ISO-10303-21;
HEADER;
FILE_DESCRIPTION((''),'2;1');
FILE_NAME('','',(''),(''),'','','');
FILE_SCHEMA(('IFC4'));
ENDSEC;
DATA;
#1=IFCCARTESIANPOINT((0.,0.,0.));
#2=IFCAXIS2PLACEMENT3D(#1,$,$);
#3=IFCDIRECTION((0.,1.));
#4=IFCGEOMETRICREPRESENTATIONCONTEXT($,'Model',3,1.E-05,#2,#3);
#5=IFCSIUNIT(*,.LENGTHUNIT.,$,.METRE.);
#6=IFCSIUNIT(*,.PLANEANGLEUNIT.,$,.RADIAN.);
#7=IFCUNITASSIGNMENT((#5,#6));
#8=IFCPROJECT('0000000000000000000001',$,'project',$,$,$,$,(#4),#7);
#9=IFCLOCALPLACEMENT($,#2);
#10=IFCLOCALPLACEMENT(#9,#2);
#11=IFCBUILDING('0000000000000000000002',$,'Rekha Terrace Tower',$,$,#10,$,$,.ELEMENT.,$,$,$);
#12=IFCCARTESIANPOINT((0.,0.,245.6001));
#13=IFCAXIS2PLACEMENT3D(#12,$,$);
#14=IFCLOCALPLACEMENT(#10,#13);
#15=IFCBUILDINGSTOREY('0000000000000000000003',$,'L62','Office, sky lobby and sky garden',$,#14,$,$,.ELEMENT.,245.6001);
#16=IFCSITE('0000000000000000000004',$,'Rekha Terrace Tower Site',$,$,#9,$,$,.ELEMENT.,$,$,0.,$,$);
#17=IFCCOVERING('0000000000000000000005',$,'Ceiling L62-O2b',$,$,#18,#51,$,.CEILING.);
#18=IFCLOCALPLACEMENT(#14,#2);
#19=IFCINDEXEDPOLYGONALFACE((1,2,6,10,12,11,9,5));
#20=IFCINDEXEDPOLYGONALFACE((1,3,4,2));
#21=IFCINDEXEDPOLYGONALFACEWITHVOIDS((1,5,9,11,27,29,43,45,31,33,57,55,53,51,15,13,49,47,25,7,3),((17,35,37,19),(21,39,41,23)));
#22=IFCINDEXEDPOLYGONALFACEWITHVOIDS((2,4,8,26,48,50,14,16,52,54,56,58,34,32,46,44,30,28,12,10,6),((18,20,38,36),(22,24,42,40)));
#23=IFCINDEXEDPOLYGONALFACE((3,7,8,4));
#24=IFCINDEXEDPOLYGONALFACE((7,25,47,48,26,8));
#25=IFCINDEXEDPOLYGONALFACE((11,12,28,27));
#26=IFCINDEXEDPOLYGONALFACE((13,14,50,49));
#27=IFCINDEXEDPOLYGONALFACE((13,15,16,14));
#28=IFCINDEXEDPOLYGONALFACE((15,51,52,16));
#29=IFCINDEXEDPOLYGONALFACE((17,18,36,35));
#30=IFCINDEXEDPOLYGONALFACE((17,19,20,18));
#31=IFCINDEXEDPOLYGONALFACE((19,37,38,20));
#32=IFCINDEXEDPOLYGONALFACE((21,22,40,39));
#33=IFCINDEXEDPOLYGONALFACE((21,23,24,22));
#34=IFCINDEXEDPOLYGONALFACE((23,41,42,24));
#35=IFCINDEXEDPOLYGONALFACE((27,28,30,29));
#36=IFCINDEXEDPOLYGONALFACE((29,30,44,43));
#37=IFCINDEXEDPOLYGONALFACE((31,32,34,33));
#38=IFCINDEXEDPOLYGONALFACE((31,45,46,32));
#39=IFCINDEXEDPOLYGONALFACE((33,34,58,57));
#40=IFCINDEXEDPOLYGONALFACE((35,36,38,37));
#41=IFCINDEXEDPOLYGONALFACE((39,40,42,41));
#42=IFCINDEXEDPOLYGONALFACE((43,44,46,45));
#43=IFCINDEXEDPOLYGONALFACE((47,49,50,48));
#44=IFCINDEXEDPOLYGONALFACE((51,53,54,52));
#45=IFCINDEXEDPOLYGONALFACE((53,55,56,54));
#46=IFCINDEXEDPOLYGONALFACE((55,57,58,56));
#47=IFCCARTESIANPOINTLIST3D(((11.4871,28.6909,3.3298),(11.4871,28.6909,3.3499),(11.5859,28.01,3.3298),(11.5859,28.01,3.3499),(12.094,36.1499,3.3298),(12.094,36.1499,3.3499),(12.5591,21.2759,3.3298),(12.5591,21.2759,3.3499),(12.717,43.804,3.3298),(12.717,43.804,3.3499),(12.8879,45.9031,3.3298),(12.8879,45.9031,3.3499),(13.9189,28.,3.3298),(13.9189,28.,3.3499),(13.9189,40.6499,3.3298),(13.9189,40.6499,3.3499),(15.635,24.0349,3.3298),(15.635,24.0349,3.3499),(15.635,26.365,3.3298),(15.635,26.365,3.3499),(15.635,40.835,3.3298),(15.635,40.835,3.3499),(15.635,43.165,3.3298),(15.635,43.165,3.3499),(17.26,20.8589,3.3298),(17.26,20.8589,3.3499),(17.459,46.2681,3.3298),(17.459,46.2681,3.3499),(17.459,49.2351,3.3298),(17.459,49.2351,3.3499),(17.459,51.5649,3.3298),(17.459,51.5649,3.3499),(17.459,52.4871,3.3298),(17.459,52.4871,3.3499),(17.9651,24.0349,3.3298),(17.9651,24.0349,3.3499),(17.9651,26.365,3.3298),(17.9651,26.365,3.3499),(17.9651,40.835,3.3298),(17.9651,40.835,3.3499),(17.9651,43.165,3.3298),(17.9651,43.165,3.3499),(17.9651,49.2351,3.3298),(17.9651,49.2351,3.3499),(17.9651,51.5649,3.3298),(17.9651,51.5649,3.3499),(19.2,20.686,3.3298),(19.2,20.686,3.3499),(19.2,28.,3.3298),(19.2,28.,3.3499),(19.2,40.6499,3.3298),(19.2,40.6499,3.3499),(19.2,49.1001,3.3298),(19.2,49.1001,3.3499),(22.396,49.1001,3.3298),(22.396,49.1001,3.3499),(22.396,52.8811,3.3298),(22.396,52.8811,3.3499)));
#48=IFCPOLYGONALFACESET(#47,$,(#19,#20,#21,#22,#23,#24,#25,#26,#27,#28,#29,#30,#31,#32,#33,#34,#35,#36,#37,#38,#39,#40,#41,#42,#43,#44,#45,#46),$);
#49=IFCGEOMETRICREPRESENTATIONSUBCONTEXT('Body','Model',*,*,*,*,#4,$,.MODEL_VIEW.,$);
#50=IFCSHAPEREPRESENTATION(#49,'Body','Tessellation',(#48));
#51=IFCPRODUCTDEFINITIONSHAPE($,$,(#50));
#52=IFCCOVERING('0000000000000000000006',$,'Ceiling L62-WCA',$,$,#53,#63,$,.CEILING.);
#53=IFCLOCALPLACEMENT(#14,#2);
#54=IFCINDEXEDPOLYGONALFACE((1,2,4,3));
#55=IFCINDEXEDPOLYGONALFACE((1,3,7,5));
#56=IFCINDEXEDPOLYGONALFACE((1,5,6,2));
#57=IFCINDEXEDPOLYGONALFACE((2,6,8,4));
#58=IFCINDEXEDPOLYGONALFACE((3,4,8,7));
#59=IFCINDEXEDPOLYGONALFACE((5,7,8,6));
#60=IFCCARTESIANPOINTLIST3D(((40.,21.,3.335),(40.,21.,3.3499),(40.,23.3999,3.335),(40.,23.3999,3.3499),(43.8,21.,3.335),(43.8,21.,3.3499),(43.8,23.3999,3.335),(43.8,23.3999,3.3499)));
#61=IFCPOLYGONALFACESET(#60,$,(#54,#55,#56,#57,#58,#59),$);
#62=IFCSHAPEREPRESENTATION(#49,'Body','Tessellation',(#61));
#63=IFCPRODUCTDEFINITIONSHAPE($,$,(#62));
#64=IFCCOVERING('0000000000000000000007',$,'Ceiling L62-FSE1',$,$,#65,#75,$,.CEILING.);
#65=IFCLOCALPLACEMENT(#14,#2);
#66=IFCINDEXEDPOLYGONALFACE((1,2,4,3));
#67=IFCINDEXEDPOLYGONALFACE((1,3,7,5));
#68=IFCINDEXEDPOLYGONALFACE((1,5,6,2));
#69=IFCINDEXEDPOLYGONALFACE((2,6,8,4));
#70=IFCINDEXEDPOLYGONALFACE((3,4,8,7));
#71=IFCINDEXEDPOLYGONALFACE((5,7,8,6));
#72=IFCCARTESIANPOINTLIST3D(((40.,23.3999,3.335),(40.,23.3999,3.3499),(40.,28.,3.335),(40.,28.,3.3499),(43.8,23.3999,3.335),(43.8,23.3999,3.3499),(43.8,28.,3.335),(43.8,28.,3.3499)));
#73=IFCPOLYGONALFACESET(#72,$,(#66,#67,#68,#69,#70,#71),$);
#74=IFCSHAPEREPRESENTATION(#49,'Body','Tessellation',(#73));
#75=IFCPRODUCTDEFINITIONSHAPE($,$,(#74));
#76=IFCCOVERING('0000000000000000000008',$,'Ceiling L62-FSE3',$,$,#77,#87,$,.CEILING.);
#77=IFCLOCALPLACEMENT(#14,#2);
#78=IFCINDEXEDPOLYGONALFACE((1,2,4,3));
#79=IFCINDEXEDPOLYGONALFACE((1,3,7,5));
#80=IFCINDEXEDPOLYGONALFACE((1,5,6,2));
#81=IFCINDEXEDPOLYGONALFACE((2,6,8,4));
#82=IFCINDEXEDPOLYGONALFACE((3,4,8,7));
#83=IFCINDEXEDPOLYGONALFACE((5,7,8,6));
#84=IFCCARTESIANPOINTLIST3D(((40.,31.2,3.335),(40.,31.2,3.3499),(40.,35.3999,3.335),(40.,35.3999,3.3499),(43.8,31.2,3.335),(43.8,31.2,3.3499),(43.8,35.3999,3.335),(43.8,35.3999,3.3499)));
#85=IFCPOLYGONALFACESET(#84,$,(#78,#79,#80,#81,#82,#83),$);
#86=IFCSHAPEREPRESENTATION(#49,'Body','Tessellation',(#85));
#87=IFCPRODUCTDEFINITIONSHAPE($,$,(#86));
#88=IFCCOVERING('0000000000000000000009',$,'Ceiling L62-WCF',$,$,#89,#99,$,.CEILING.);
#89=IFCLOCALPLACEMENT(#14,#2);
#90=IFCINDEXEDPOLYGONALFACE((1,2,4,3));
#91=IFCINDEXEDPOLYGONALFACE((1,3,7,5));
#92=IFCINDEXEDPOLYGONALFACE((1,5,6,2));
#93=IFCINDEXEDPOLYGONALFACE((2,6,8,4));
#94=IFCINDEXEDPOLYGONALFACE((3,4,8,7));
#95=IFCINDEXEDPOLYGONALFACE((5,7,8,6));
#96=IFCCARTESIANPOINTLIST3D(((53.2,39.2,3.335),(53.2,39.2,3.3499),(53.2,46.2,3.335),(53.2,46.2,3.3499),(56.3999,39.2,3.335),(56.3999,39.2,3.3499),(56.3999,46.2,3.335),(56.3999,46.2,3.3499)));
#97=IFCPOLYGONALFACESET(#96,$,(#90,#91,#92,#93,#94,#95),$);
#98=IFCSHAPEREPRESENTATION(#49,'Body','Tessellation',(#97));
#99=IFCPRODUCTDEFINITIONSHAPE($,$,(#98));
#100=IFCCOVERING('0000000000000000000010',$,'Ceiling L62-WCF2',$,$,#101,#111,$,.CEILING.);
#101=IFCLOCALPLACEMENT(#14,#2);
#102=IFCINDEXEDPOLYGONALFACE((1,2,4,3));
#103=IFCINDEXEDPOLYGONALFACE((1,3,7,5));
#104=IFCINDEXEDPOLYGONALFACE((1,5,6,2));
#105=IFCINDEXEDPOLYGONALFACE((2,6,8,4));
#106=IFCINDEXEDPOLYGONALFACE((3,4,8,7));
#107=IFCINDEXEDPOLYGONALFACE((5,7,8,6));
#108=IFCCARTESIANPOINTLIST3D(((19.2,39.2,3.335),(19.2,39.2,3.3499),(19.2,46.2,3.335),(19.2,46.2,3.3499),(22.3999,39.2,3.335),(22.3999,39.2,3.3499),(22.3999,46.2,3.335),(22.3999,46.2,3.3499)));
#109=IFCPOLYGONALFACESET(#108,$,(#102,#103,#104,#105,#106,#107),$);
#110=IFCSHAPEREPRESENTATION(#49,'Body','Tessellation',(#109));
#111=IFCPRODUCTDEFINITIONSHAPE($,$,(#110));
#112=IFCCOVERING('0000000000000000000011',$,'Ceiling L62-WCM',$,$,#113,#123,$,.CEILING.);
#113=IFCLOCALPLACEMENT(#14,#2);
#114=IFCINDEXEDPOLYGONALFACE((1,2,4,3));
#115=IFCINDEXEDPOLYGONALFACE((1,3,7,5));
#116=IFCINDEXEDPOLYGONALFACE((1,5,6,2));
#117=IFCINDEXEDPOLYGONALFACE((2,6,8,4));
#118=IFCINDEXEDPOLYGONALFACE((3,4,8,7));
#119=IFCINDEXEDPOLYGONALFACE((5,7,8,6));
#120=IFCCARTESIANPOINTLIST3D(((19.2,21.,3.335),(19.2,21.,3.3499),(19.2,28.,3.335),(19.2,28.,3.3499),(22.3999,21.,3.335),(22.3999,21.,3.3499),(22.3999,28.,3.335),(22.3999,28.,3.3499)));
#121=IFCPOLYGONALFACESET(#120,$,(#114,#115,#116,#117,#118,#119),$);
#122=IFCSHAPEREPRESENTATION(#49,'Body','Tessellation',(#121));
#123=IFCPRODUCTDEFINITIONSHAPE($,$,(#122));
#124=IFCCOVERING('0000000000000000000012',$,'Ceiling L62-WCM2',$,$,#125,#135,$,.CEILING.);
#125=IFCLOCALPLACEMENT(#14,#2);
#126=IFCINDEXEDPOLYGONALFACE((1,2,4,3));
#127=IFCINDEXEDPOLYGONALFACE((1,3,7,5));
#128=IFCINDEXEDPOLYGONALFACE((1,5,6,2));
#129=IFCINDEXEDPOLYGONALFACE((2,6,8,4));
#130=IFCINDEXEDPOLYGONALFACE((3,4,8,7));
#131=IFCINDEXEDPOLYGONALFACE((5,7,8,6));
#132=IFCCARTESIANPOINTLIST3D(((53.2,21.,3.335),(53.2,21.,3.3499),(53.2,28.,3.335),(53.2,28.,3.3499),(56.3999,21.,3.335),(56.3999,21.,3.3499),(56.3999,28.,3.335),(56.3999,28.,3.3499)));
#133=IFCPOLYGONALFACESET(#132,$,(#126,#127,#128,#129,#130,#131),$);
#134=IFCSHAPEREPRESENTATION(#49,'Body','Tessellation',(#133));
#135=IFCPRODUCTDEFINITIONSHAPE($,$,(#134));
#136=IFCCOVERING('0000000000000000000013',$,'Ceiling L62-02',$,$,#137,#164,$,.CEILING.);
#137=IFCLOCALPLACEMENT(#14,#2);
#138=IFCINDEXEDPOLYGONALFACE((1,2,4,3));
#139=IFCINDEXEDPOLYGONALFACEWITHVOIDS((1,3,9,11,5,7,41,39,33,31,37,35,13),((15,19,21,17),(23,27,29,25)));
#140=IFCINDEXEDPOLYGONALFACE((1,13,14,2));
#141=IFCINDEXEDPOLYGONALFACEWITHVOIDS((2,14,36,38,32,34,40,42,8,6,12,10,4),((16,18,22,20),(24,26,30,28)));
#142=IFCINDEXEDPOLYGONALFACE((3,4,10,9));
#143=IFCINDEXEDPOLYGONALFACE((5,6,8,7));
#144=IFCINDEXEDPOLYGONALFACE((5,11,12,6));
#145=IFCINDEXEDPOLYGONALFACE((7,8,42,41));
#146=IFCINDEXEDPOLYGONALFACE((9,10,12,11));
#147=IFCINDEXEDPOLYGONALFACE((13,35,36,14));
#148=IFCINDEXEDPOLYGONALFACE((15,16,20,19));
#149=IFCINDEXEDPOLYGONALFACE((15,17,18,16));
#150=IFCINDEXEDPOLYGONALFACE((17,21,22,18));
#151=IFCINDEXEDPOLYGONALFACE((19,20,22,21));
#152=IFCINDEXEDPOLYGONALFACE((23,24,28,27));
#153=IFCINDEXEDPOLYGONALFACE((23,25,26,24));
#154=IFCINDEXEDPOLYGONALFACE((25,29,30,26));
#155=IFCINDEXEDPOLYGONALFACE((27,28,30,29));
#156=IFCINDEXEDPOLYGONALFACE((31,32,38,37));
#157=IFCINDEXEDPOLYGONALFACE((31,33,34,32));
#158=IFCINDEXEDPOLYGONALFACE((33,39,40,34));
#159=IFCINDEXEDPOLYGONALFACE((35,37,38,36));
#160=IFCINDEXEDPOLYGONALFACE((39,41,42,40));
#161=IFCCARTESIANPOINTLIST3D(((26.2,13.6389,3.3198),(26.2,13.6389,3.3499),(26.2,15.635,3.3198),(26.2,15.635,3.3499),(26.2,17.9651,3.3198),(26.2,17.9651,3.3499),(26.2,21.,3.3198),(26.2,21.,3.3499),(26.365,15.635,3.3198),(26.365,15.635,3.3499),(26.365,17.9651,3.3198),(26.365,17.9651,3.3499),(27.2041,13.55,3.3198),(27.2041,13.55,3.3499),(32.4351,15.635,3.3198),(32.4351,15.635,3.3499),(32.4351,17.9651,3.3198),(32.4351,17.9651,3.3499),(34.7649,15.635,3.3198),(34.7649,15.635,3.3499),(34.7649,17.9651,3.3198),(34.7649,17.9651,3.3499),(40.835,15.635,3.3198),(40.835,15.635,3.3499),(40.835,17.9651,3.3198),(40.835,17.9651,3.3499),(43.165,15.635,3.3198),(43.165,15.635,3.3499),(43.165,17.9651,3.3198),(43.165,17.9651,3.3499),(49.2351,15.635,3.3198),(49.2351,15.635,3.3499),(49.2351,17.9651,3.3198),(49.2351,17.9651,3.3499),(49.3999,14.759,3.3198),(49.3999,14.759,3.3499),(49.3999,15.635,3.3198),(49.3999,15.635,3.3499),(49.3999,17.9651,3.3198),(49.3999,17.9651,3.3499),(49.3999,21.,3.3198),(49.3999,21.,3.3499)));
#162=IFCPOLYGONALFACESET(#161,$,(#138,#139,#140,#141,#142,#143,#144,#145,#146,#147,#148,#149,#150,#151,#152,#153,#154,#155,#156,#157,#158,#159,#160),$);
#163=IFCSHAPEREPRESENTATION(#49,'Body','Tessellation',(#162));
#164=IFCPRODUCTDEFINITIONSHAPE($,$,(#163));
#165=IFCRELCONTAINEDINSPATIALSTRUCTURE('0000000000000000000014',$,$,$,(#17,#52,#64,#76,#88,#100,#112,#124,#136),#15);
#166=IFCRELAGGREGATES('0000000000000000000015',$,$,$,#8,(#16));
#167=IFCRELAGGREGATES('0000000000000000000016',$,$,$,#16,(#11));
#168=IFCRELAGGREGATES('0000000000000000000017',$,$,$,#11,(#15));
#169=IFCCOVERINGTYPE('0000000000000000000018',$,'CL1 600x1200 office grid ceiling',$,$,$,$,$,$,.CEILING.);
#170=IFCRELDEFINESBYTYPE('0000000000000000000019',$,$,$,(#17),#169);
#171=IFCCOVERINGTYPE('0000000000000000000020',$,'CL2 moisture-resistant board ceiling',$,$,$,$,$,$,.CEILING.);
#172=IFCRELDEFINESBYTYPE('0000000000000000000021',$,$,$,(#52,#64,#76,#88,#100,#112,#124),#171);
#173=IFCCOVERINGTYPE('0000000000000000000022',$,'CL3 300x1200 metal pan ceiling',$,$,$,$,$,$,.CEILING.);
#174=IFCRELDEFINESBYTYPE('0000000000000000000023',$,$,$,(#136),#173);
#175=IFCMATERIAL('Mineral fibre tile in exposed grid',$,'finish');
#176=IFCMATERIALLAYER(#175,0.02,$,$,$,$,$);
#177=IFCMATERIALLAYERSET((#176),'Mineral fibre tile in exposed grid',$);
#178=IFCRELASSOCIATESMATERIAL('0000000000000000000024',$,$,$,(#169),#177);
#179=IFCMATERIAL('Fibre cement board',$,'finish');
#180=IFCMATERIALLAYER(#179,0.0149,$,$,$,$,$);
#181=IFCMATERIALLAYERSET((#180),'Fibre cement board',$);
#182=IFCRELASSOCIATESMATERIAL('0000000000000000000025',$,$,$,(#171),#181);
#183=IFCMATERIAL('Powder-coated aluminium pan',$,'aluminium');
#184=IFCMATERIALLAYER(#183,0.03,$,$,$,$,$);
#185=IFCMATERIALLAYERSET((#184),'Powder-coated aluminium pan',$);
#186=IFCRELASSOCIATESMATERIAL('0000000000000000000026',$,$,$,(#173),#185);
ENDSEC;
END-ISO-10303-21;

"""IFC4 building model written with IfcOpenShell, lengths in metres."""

from ifc_helpers import new_model, si_unit, direction, frame, origin, place, context, subcontext, project, spatial, polyline, outline, extrude, material, layer, layer_set, type_object, element, save


model = new_model("IFC4")

# Units and contexts
model_context = context("Model", 3, precision=1e-05, world=origin(), true_north=direction((0.0, 1.0)))
body_context = subcontext(model_context, "Body", "Model", "MODEL_VIEW")
ifc_project = project(units=[si_unit("LENGTHUNIT", "METRE"), si_unit("PLANEANGLEUNIT", "RADIAN")], contexts=[model_context])

# Site, building, storey
site_placement = place(None, origin())
site = spatial("IfcSite", under=ifc_project, at=site_placement, Name="Rekha Terrace Tower Site", CompositionType="ELEMENT", RefElevation=0.0)
building_placement = place(site_placement, origin())
building = spatial("IfcBuilding", under=site, at=building_placement, Name="Rekha Terrace Tower", CompositionType="ELEMENT")
storey_placement = place(building_placement, frame((0.0, 0.0, 245.6001)))
storey = spatial("IfcBuildingStorey", under=building, at=storey_placement, Name="L62", Description="Office, sky lobby and sky garden", CompositionType="ELEMENT", Elevation=245.6001)

# Coverings
ifc_material_1 = material(Name="Mineral fibre tile in exposed grid", Category="finish")
ifc_layer_1 = layer(ifc_material_1, 0.02)
ifc_layer_set_1 = layer_set([ifc_layer_1], Name="Mineral fibre tile in exposed grid")
covering_type_1 = type_object("IfcCoveringType", Name="CL1 600x1200 office grid ceiling", PredefinedType="CEILING", material=ifc_layer_set_1)
covering_1_placement = place(storey_placement, frame((0.0, 0.0, 3.3298)))
element("IfcCovering", 1, at=covering_1_placement, inside=storey, type_object=covering_type_1, Name="Ceiling L62-O2b", PredefinedType="CEILING", context=body_context, shape_type="SweptSolid", body=[
    extrude(outline(polyline([(11.4871, 28.6909), (11.5859, 28.01), (12.5591, 21.2759), (17.26, 20.8589), (19.2, 20.686), (19.2, 28.0), (13.9189, 28.0), (13.9189, 40.6499), (19.2, 40.6499), (19.2, 49.1001), (22.396, 49.1001), (22.396, 52.8811), (17.459, 52.4871), (17.459, 51.5649), (17.9651, 51.5649), (17.9651, 49.2351), (17.459, 49.2351), (17.459, 46.2681), (12.8879, 45.9031), (12.717, 43.804), (12.094, 36.1499), (11.4871, 28.6909)]), holes=[polyline([(17.9651, 26.365), (17.9651, 24.0349), (15.635, 24.0349), (15.635, 26.365), (17.9651, 26.365)]), polyline([(17.9651, 40.835), (15.635, 40.835), (15.635, 43.165), (17.9651, 43.165), (17.9651, 40.835)])]), origin(), (0.0, 0.0, 1.0), 0.02),
])
ifc_material_2 = material(Name="Fibre cement board", Category="finish")
ifc_layer_2 = layer(ifc_material_2, 0.0149)
ifc_layer_set_2 = layer_set([ifc_layer_2], Name="Fibre cement board")
covering_type_2 = type_object("IfcCoveringType", Name="CL2 moisture-resistant board ceiling", PredefinedType="CEILING", material=ifc_layer_set_2)
covering_2_placement = place(storey_placement, frame((0.0, 0.0, 3.335)))
element("IfcCovering", 2, at=covering_2_placement, inside=storey, type_object=covering_type_2, Name="Ceiling L62-WCA", PredefinedType="CEILING", context=body_context, shape_type="SweptSolid", body=[
    extrude(outline(polyline([(43.8, 23.3999), (40.0, 23.3999), (40.0, 21.0), (43.8, 21.0), (43.8, 23.3999)])), origin(), (0.0, 0.0, 1.0), 0.0149),
])
covering_3_placement = place(storey_placement, frame((0.0, 0.0, 3.335)))
element("IfcCovering", 3, at=covering_3_placement, inside=storey, type_object=covering_type_2, Name="Ceiling L62-FSE1", PredefinedType="CEILING", context=body_context, shape_type="SweptSolid", body=[
    extrude(outline(polyline([(43.8, 28.0), (40.0, 28.0), (40.0, 23.3999), (43.8, 23.3999), (43.8, 28.0)])), origin(), (0.0, 0.0, 1.0), 0.0149),
])
covering_4_placement = place(storey_placement, frame((0.0, 0.0, 3.335)))
element("IfcCovering", 4, at=covering_4_placement, inside=storey, type_object=covering_type_2, Name="Ceiling L62-FSE3", PredefinedType="CEILING", context=body_context, shape_type="SweptSolid", body=[
    extrude(outline(polyline([(43.8, 35.3999), (40.0, 35.3999), (40.0, 31.2), (43.8, 31.2), (43.8, 35.3999)])), origin(), (0.0, 0.0, 1.0), 0.0149),
])
covering_5_placement = place(storey_placement, frame((0.0, 0.0, 3.335)))
element("IfcCovering", 5, at=covering_5_placement, inside=storey, type_object=covering_type_2, Name="Ceiling L62-WCF", PredefinedType="CEILING", context=body_context, shape_type="SweptSolid", body=[
    extrude(outline(polyline([(56.3999, 46.2), (53.2, 46.2), (53.2, 39.2), (56.3999, 39.2), (56.3999, 46.2)])), origin(), (0.0, 0.0, 1.0), 0.0149),
])
covering_6_placement = place(storey_placement, frame((0.0, 0.0, 3.335)))
element("IfcCovering", 6, at=covering_6_placement, inside=storey, type_object=covering_type_2, Name="Ceiling L62-WCF2", PredefinedType="CEILING", context=body_context, shape_type="SweptSolid", body=[
    extrude(outline(polyline([(22.3999, 46.2), (19.2, 46.2), (19.2, 39.2), (22.3999, 39.2), (22.3999, 46.2)])), origin(), (0.0, 0.0, 1.0), 0.0149),
])
covering_7_placement = place(storey_placement, frame((0.0, 0.0, 3.335)))
element("IfcCovering", 7, at=covering_7_placement, inside=storey, type_object=covering_type_2, Name="Ceiling L62-WCM", PredefinedType="CEILING", context=body_context, shape_type="SweptSolid", body=[
    extrude(outline(polyline([(22.3999, 28.0), (19.2, 28.0), (19.2, 21.0), (22.3999, 21.0), (22.3999, 28.0)])), origin(), (0.0, 0.0, 1.0), 0.0149),
])
covering_8_placement = place(storey_placement, frame((0.0, 0.0, 3.335)))
element("IfcCovering", 8, at=covering_8_placement, inside=storey, type_object=covering_type_2, Name="Ceiling L62-WCM2", PredefinedType="CEILING", context=body_context, shape_type="SweptSolid", body=[
    extrude(outline(polyline([(56.3999, 28.0), (53.2, 28.0), (53.2, 21.0), (56.3999, 21.0), (56.3999, 28.0)])), origin(), (0.0, 0.0, 1.0), 0.0149),
])
ifc_material_3 = material(Name="Powder-coated aluminium pan", Category="aluminium")
ifc_layer_3 = layer(ifc_material_3, 0.03)
ifc_layer_set_3 = layer_set([ifc_layer_3], Name="Powder-coated aluminium pan")
covering_type_3 = type_object("IfcCoveringType", Name="CL3 300x1200 metal pan ceiling", PredefinedType="CEILING", material=ifc_layer_set_3)
covering_9_placement = place(storey_placement, frame((0.0, 0.0, 3.3198)))
element("IfcCovering", 9, at=covering_9_placement, inside=storey, type_object=covering_type_3, Name="Ceiling L62-02", PredefinedType="CEILING", context=body_context, shape_type="SweptSolid", body=[
    extrude(outline(polyline([(26.365, 15.635), (26.2, 15.635), (26.2, 13.6389), (27.2041, 13.55), (49.3999, 14.759), (49.3999, 15.635), (49.2351, 15.635), (49.2351, 17.9651), (49.3999, 17.9651), (49.3999, 21.0), (26.2, 21.0), (26.2, 17.9651), (26.365, 17.9651), (26.365, 15.635)]), holes=[polyline([(43.165, 17.9651), (43.165, 15.635), (40.835, 15.635), (40.835, 17.9651), (43.165, 17.9651)]), polyline([(34.7649, 15.635), (32.4351, 15.635), (32.4351, 17.9651), (34.7649, 17.9651), (34.7649, 15.635)])]), origin(), (0.0, 0.0, 1.0), 0.03),
])

save(model, "model.ifc")
